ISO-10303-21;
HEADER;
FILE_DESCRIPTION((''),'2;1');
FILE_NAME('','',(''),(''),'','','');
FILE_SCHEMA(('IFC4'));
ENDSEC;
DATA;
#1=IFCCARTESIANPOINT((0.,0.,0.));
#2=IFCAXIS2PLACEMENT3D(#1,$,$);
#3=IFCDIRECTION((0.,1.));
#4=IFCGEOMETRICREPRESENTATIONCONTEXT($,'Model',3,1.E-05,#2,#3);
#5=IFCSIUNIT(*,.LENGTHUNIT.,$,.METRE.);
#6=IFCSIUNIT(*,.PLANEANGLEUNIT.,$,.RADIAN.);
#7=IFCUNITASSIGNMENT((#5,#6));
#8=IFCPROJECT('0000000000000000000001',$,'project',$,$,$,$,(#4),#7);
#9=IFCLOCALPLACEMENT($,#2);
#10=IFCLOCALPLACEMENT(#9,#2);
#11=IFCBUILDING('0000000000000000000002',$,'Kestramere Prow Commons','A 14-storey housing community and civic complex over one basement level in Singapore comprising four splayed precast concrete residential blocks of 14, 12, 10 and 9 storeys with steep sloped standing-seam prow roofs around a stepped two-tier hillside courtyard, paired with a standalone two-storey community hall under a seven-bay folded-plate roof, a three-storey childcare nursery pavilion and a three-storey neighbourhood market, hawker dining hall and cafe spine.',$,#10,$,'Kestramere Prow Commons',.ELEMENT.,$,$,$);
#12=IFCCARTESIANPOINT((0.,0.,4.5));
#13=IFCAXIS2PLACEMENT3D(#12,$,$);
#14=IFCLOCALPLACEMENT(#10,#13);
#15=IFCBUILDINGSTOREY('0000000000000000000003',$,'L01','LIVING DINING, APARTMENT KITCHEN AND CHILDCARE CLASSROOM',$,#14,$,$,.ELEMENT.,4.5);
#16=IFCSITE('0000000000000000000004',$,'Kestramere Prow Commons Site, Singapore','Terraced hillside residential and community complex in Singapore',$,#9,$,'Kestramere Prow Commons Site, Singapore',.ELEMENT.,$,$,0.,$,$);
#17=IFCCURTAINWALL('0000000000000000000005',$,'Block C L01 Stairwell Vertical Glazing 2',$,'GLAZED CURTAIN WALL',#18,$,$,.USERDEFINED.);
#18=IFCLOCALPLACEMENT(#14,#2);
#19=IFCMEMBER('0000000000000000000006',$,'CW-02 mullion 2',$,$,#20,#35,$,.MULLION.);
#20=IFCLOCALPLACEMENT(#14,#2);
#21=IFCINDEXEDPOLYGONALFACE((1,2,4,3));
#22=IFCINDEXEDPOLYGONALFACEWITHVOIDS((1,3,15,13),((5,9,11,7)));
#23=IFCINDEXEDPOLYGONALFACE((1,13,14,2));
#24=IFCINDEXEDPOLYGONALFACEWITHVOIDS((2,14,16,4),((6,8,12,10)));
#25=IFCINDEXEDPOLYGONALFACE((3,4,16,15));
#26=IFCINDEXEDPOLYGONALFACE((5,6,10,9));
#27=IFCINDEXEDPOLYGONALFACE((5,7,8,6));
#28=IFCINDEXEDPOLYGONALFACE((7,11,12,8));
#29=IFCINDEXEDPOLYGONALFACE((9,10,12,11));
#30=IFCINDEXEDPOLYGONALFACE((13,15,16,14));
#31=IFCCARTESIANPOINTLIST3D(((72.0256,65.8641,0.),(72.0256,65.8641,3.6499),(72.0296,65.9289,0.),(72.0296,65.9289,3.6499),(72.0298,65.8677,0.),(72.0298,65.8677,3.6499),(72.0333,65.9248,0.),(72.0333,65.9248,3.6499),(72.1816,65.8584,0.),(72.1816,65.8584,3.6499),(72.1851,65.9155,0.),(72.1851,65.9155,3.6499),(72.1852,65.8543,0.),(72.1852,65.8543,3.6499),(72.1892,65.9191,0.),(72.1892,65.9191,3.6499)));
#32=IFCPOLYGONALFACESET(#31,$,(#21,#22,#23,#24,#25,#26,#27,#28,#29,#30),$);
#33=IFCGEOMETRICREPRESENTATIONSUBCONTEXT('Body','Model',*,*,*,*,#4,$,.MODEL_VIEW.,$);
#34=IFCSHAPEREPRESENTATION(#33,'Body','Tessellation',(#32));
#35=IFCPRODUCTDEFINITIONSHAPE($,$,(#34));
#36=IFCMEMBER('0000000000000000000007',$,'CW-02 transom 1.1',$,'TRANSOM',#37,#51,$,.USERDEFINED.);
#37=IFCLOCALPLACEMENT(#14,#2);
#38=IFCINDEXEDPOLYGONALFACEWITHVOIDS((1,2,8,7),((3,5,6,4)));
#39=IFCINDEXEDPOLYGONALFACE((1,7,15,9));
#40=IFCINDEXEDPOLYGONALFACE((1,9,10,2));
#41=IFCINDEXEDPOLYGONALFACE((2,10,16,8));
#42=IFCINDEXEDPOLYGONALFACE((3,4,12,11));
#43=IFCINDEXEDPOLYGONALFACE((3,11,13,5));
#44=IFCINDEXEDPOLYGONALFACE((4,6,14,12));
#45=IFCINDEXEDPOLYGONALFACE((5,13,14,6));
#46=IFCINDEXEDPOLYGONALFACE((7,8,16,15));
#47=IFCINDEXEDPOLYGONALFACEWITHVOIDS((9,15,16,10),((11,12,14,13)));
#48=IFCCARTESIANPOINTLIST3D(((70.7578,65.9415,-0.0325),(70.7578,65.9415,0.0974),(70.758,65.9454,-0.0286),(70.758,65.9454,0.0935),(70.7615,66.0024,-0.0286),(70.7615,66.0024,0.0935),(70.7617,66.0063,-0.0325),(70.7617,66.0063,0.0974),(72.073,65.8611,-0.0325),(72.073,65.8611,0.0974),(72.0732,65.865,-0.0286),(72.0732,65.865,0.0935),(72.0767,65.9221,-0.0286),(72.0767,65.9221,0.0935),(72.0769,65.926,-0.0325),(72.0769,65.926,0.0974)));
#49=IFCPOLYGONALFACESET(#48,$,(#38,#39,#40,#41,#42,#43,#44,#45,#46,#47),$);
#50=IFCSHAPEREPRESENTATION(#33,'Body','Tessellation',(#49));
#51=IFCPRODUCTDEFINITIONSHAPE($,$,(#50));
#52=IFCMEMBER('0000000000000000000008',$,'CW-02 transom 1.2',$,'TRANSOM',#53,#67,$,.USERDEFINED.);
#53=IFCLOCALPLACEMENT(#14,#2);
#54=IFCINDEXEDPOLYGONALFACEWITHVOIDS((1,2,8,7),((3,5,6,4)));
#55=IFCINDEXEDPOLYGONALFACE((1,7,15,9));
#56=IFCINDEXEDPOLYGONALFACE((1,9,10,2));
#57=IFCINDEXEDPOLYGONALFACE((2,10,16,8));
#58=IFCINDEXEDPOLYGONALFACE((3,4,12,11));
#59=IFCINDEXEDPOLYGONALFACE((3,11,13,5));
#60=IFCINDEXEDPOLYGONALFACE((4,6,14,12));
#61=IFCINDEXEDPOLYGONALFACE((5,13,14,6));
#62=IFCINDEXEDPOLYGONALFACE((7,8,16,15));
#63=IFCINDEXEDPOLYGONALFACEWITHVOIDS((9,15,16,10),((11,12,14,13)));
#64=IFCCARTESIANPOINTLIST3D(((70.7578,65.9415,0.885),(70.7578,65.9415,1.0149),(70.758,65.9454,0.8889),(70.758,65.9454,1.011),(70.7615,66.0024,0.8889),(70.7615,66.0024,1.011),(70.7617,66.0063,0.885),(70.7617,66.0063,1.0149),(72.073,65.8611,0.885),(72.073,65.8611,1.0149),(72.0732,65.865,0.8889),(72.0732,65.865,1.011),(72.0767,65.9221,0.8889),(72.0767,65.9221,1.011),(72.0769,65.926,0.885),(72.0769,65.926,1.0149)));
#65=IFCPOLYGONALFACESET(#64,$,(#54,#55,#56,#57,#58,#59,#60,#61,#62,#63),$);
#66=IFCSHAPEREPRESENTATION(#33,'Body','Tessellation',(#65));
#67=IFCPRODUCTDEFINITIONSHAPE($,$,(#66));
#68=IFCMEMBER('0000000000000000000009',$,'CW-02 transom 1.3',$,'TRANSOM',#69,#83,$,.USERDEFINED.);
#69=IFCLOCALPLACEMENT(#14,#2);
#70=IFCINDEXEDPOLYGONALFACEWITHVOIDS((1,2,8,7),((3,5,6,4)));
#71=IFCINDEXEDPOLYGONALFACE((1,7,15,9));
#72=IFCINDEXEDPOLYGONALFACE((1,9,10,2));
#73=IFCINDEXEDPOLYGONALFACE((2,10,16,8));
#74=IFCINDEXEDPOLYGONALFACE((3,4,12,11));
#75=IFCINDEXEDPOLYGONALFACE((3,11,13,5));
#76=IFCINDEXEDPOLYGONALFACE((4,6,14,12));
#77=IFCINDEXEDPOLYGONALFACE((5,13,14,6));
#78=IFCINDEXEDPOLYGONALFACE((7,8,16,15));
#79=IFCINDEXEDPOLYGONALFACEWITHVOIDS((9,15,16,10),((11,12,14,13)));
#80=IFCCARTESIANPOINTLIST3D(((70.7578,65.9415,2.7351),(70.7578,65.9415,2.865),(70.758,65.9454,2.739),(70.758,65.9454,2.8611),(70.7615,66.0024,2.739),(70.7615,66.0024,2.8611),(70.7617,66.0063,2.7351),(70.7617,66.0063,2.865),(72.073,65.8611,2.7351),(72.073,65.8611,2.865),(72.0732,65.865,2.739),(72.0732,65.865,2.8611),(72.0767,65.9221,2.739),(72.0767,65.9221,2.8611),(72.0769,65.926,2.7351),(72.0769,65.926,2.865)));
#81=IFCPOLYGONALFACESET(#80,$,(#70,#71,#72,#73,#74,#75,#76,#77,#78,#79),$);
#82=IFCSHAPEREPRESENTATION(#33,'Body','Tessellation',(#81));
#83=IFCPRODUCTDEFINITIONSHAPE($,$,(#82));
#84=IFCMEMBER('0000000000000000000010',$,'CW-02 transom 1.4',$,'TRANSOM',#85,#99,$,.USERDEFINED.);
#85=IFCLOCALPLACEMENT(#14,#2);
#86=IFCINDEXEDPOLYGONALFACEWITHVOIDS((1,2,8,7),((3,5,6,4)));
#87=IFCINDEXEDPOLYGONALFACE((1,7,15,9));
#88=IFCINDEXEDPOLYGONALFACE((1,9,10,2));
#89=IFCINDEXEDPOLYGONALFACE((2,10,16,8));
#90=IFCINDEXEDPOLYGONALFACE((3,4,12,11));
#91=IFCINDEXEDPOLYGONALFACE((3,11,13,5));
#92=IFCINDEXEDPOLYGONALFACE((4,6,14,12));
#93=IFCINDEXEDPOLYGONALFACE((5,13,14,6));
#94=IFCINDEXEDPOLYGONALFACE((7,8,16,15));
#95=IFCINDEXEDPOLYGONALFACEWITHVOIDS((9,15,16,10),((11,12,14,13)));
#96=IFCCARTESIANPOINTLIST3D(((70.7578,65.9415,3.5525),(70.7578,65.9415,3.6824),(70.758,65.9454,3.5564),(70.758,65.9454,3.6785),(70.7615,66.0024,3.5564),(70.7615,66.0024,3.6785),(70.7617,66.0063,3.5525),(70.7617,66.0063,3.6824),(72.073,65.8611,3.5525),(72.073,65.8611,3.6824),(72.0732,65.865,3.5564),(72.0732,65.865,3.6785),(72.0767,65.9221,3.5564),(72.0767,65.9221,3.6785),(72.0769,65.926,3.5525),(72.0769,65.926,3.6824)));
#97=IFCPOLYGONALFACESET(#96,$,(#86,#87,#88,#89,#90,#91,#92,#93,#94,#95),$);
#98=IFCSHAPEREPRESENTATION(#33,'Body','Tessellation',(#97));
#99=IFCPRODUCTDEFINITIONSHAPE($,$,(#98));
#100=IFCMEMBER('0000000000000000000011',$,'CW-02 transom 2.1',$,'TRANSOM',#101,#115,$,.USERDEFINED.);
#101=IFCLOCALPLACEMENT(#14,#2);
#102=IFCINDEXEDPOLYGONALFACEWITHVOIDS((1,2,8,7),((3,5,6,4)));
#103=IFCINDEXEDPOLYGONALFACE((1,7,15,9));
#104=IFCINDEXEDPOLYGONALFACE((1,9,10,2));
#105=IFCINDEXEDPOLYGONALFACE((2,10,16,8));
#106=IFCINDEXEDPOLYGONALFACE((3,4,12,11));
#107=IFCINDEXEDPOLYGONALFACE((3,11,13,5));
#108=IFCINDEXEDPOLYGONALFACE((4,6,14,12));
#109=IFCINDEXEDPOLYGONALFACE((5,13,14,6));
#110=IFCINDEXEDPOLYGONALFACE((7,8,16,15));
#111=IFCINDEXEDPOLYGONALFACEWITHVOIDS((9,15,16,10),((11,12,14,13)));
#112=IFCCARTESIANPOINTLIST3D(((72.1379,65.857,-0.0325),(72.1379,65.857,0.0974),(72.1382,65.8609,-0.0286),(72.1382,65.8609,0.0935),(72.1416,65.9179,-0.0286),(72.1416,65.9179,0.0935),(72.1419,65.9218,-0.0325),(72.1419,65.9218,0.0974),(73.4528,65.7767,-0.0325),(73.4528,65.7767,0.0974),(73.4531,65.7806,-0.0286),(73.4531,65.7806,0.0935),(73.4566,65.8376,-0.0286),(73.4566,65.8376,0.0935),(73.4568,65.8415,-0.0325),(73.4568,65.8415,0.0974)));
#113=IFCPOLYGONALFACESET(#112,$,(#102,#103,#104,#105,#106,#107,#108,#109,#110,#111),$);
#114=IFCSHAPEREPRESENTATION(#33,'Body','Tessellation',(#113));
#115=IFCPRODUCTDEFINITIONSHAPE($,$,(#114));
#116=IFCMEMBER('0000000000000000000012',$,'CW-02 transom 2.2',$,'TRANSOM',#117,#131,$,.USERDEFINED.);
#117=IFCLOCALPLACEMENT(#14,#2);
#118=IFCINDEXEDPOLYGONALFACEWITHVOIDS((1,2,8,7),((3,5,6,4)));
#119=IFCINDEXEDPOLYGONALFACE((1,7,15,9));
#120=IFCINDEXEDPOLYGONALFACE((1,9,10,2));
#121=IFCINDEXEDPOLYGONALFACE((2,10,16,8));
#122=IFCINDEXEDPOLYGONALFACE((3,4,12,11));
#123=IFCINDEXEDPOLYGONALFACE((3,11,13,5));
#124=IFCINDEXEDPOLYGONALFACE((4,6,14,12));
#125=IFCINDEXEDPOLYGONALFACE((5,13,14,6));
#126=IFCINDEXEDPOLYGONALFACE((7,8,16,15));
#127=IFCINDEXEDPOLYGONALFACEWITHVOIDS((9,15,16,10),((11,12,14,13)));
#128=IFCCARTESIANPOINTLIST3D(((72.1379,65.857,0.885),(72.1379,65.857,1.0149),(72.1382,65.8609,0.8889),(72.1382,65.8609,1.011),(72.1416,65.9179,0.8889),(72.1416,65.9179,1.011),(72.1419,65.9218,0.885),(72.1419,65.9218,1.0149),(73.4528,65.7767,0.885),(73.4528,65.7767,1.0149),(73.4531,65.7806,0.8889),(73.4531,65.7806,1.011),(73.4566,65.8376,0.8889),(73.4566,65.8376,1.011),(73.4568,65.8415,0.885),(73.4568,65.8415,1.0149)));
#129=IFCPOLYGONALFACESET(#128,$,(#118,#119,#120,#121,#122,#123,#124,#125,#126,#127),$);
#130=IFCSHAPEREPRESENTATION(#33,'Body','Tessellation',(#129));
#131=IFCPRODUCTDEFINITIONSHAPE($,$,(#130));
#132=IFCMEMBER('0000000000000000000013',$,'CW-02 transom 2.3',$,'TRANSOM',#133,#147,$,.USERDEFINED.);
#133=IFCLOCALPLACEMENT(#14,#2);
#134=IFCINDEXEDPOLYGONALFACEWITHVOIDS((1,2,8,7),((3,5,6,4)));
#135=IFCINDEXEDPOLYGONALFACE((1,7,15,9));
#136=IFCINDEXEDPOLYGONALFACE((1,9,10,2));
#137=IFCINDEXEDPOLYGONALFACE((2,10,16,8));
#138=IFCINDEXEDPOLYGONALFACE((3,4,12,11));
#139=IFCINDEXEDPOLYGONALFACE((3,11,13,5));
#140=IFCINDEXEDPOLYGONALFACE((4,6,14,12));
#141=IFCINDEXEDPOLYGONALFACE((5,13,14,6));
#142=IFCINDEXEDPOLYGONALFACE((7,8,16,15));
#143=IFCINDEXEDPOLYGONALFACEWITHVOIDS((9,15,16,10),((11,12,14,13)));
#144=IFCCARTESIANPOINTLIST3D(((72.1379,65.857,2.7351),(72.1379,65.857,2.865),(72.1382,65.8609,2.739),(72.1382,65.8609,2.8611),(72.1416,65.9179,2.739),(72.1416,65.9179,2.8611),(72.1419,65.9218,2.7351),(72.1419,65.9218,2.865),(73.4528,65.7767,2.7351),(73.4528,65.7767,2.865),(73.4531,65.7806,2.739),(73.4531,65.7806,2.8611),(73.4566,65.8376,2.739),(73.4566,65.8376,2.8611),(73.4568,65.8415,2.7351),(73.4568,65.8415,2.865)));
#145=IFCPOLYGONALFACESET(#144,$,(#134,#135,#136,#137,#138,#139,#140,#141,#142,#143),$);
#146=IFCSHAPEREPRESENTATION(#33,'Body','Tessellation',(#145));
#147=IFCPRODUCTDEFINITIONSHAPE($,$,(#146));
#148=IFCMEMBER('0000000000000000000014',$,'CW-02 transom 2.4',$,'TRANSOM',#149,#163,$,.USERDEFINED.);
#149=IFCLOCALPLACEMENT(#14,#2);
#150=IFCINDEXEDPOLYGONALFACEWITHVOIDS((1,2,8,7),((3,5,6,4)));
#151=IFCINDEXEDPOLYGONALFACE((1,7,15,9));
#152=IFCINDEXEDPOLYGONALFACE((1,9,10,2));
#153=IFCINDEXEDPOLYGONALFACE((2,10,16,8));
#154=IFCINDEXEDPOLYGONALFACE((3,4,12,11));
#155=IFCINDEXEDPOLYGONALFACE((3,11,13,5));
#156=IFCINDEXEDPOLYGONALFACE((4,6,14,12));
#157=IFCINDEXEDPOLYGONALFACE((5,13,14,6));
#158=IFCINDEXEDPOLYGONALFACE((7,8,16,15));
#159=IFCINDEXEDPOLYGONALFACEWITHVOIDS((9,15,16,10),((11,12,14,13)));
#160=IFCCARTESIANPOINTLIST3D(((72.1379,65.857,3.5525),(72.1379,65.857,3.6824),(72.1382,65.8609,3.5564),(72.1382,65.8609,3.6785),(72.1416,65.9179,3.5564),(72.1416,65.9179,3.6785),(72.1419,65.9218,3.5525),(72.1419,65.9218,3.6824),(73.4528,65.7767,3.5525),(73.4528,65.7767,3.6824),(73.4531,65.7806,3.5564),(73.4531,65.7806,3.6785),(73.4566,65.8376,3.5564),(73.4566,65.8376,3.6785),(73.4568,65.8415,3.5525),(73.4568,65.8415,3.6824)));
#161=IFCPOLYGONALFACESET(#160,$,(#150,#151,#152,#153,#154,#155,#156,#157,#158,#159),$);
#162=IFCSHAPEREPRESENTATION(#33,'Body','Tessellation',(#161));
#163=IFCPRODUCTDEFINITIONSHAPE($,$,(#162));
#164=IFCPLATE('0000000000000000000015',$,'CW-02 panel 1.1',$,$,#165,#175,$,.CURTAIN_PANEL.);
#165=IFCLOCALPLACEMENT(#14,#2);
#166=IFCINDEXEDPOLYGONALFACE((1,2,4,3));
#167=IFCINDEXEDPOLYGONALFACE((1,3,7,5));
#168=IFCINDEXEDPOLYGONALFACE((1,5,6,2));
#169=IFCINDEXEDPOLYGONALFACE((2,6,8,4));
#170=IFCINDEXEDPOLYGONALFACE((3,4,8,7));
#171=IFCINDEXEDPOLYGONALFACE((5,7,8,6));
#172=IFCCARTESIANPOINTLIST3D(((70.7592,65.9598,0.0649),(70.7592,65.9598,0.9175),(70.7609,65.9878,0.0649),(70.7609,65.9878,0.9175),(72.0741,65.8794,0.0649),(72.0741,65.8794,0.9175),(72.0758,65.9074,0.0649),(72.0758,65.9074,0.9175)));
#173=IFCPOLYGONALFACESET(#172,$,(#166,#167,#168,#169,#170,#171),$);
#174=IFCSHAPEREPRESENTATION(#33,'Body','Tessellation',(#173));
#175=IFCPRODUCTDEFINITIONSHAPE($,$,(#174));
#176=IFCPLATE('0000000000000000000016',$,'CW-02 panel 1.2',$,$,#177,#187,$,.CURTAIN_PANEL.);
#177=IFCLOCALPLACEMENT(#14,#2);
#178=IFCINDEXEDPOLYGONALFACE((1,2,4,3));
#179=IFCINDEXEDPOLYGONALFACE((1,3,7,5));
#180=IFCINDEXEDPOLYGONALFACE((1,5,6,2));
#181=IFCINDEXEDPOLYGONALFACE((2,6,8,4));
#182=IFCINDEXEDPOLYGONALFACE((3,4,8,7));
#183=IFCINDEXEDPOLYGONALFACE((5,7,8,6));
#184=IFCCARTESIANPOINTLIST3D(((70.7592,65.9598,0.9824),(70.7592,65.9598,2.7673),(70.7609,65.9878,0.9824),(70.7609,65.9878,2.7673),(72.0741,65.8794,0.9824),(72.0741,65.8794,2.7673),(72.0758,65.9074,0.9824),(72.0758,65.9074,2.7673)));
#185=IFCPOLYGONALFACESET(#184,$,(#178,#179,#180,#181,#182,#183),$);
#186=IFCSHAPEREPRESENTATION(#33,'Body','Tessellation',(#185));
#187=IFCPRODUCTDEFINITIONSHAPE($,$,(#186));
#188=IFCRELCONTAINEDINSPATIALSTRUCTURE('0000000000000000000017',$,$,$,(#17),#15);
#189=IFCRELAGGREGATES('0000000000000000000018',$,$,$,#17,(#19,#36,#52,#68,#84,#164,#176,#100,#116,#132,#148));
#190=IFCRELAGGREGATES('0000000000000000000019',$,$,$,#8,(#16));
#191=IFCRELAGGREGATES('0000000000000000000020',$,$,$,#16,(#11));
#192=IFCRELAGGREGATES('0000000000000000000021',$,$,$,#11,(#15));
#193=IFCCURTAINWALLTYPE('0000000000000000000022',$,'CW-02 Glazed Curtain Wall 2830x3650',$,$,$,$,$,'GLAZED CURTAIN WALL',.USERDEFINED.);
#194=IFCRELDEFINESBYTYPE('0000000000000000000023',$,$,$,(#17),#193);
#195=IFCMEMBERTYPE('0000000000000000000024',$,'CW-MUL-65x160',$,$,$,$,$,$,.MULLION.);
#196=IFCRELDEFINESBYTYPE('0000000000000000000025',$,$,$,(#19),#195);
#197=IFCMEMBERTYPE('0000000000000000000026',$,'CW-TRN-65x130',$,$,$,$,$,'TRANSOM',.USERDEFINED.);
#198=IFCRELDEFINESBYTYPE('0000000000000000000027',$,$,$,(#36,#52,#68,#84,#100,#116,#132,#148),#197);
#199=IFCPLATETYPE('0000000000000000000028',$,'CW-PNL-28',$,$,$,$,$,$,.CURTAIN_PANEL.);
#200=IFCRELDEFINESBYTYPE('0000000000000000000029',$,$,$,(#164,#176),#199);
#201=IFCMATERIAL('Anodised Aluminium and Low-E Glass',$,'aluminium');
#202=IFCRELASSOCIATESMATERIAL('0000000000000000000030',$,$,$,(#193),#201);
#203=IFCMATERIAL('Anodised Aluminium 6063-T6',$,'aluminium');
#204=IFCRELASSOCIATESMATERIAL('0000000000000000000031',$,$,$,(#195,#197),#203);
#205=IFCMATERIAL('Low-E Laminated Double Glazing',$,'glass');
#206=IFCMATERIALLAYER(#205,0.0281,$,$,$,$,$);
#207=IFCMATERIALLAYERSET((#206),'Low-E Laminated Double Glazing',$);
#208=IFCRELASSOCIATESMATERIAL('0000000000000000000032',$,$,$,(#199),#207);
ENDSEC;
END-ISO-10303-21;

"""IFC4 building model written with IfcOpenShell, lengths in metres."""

from ifc_helpers import new_model, si_unit, direction, frame, origin, origin_2d, place, context, subcontext, project, spatial, rectangle, hollow_rectangle, extrude, material, layer, layer_set, material_profile, profile_set, type_object, element, aggregate, save


model = new_model("IFC4")

# Units and contexts
model_context = context("Model", 3, precision=1e-05, world=origin(), true_north=direction((0.0, 1.0)))
body_context = subcontext(model_context, "Body", "Model", "MODEL_VIEW")
ifc_project = project(units=[si_unit("LENGTHUNIT", "METRE"), si_unit("PLANEANGLEUNIT", "RADIAN")], contexts=[model_context])

# Site, building, storey
site_placement = place(None, origin())
site = spatial("IfcSite", under=ifc_project, at=site_placement, Name="Kestramere Prow Commons Site, Singapore", Description="Terraced hillside residential and community complex in Singapore", LongName="Kestramere Prow Commons Site, Singapore", CompositionType="ELEMENT", RefElevation=0.0)
building_placement = place(site_placement, origin())
building = spatial("IfcBuilding", under=site, at=building_placement, Name="Kestramere Prow Commons", Description="A 14-storey housing community and civic complex over one basement level in Singapore comprising four splayed precast concrete residential blocks of 14, 12, 10 and 9 storeys with steep sloped standing-seam prow roofs around a stepped two-tier hillside courtyard, paired with a standalone two-storey community hall under a seven-bay folded-plate roof, a three-storey childcare nursery pavilion and a three-storey neighbourhood market, hawker dining hall and cafe spine.", LongName="Kestramere Prow Commons", CompositionType="ELEMENT")
storey_placement = place(building_placement, frame((0.0, 0.0, 4.5)))
storey = spatial("IfcBuildingStorey", under=building, at=storey_placement, Name="L01", Description="LIVING DINING, APARTMENT KITCHEN AND CHILDCARE CLASSROOM", CompositionType="ELEMENT", Elevation=4.5)

# Curtain wall, members, plates
ifc_material_1 = material(Name="Anodised Aluminium and Low-E Glass", Category="aluminium")
curtain_wall_type = type_object("IfcCurtainWallType", Name="CW-02 Glazed Curtain Wall 2830x3650", ElementType="GLAZED CURTAIN WALL", PredefinedType="USERDEFINED", material=ifc_material_1)
curtain_wall_placement = place(storey_placement, origin())
curtain_wall = element("IfcCurtainWall", 1, at=curtain_wall_placement, inside=storey, type_object=curtain_wall_type, Name="Block C L01 Stairwell Vertical Glazing 2", ObjectType="GLAZED CURTAIN WALL", PredefinedType="USERDEFINED")
ifc_material_2 = material(Name="Anodised Aluminium 6063-T6", Category="aluminium")
ifc_material_profile_1 = material_profile(ifc_material_2, hollow_rectangle(XDim=0.0649, YDim=0.1599, WallThickness=0.0039, at=origin_2d()), Name="ALU-MUL 65x160")
ifc_profile_set_1 = profile_set([ifc_material_profile_1], Name="Anodised Aluminium 6063-T6")
member_type_1 = type_object("IfcMemberType", Name="CW-MUL-65x160", PredefinedType="MULLION", material=ifc_profile_set_1)
member_1_placement = place(storey_placement, frame((72.1074, 65.8916, 0.0), z_axis=(0.0, 0.0, 1.0), x_axis=(0.061048, 0.998135, 0.0)))
member_1 = element("IfcMember", 2, at=member_1_placement, type_object=member_type_1, Name="CW-02 mullion 2", PredefinedType="MULLION", context=body_context, shape_type="SweptSolid", body=[
    extrude(hollow_rectangle(XDim=0.0649, YDim=0.1599, WallThickness=0.0039, at=origin_2d()), origin(), (0.0, 0.0, 1.0), 3.6499),
])
ifc_material_profile_2 = material_profile(ifc_material_2, hollow_rectangle(XDim=0.0649, YDim=0.1299, WallThickness=0.0039, at=origin_2d()), Name="ALU-TRN 65x130")
ifc_profile_set_2 = profile_set([ifc_material_profile_2], Name="Anodised Aluminium 6063-T6")
member_type_2 = type_object("IfcMemberType", Name="CW-TRN-65x130", ElementType="TRANSOM", PredefinedType="USERDEFINED", material=ifc_profile_set_2)
member_2_placement = place(storey_placement, frame((70.7598, 65.9739, 0.0325), z_axis=(0.99814, -0.060959, 0.0), x_axis=(0.060959, 0.99814, 0.0)))
member_2 = element("IfcMember", 3, at=member_2_placement, type_object=member_type_2, Name="CW-02 transom 1.1", ObjectType="TRANSOM", PredefinedType="USERDEFINED", context=body_context, shape_type="SweptSolid", body=[
    extrude(hollow_rectangle(XDim=0.0649, YDim=0.1299, WallThickness=0.0039, at=origin_2d()), origin(), (0.0, 0.0, 1.0), 1.3176),
])
member_3_placement = place(storey_placement, frame((70.7598, 65.9739, 0.95), z_axis=(0.99814, -0.060959, 0.0), x_axis=(0.060959, 0.99814, 0.0)))
member_3 = element("IfcMember", 4, at=member_3_placement, type_object=member_type_2, Name="CW-02 transom 1.2", ObjectType="TRANSOM", PredefinedType="USERDEFINED", context=body_context, shape_type="SweptSolid", body=[
    extrude(hollow_rectangle(XDim=0.0649, YDim=0.1299, WallThickness=0.0039, at=origin_2d()), origin(), (0.0, 0.0, 1.0), 1.3176),
])
member_4_placement = place(storey_placement, frame((70.7598, 65.9739, 2.8), z_axis=(0.99814, -0.060959, 0.0), x_axis=(0.060959, 0.99814, 0.0)))
member_4 = element("IfcMember", 5, at=member_4_placement, type_object=member_type_2, Name="CW-02 transom 1.3", ObjectType="TRANSOM", PredefinedType="USERDEFINED", context=body_context, shape_type="SweptSolid", body=[
    extrude(hollow_rectangle(XDim=0.0649, YDim=0.1299, WallThickness=0.0039, at=origin_2d()), origin(), (0.0, 0.0, 1.0), 1.3176),
])
member_5_placement = place(storey_placement, frame((70.7598, 65.9739, 3.6174), z_axis=(0.99814, -0.060959, 0.0), x_axis=(0.060959, 0.99814, 0.0)))
member_5 = element("IfcMember", 6, at=member_5_placement, type_object=member_type_2, Name="CW-02 transom 1.4", ObjectType="TRANSOM", PredefinedType="USERDEFINED", context=body_context, shape_type="SweptSolid", body=[
    extrude(hollow_rectangle(XDim=0.0649, YDim=0.1299, WallThickness=0.0039, at=origin_2d()), origin(), (0.0, 0.0, 1.0), 1.3176),
])
member_6_placement = place(storey_placement, frame((72.1399, 65.8894, 0.0325), z_axis=(0.99814, -0.060971, 0.0), x_axis=(0.060971, 0.99814, 0.0)))
member_6 = element("IfcMember", 7, at=member_6_placement, type_object=member_type_2, Name="CW-02 transom 2.1", ObjectType="TRANSOM", PredefinedType="USERDEFINED", context=body_context, shape_type="SweptSolid", body=[
    extrude(hollow_rectangle(XDim=0.0649, YDim=0.1299, WallThickness=0.0039, at=origin_2d()), origin(), (0.0, 0.0, 1.0), 1.3174),
])
member_7_placement = place(storey_placement, frame((72.1399, 65.8894, 0.95), z_axis=(0.99814, -0.060971, 0.0), x_axis=(0.060971, 0.99814, 0.0)))
member_7 = element("IfcMember", 8, at=member_7_placement, type_object=member_type_2, Name="CW-02 transom 2.2", ObjectType="TRANSOM", PredefinedType="USERDEFINED", context=body_context, shape_type="SweptSolid", body=[
    extrude(hollow_rectangle(XDim=0.0649, YDim=0.1299, WallThickness=0.0039, at=origin_2d()), origin(), (0.0, 0.0, 1.0), 1.3174),
])
member_8_placement = place(storey_placement, frame((72.1399, 65.8894, 2.8), z_axis=(0.99814, -0.060971, 0.0), x_axis=(0.060971, 0.99814, 0.0)))
member_8 = element("IfcMember", 9, at=member_8_placement, type_object=member_type_2, Name="CW-02 transom 2.3", ObjectType="TRANSOM", PredefinedType="USERDEFINED", context=body_context, shape_type="SweptSolid", body=[
    extrude(hollow_rectangle(XDim=0.0649, YDim=0.1299, WallThickness=0.0039, at=origin_2d()), origin(), (0.0, 0.0, 1.0), 1.3174),
])
member_9_placement = place(storey_placement, frame((72.1399, 65.8894, 3.6174), z_axis=(0.99814, -0.060971, 0.0), x_axis=(0.060971, 0.99814, 0.0)))
member_9 = element("IfcMember", 10, at=member_9_placement, type_object=member_type_2, Name="CW-02 transom 2.4", ObjectType="TRANSOM", PredefinedType="USERDEFINED", context=body_context, shape_type="SweptSolid", body=[
    extrude(hollow_rectangle(XDim=0.0649, YDim=0.1299, WallThickness=0.0039, at=origin_2d()), origin(), (0.0, 0.0, 1.0), 1.3174),
])
ifc_material_3 = material(Name="Low-E Laminated Double Glazing", Category="glass")
ifc_layer_1 = layer(ifc_material_3, 0.0281)
ifc_layer_set_1 = layer_set([ifc_layer_1], Name="Low-E Laminated Double Glazing")
plate_type = type_object("IfcPlateType", Name="CW-PNL-28", PredefinedType="CURTAIN_PANEL", material=ifc_layer_set_1)
plate_1_placement = place(storey_placement, frame((71.4175, 65.9336, 0.0649), z_axis=(0.0, 0.0, 1.0), x_axis=(0.998135, -0.061048, 0.0)))
plate_1 = element("IfcPlate", 11, at=plate_1_placement, type_object=plate_type, Name="CW-02 panel 1.1", PredefinedType="CURTAIN_PANEL", context=body_context, shape_type="SweptSolid", body=[
    extrude(rectangle(XDim=1.3174, YDim=0.0281, at=origin_2d()), origin(), (0.0, 0.0, 1.0), 0.8525),
])
plate_2_placement = place(storey_placement, frame((71.4175, 65.9336, 0.9824), z_axis=(0.0, 0.0, 1.0), x_axis=(0.998135, -0.061048, 0.0)))
plate_2 = element("IfcPlate", 12, at=plate_2_placement, type_object=plate_type, Name="CW-02 panel 1.2", PredefinedType="CURTAIN_PANEL", context=body_context, shape_type="SweptSolid", body=[
    extrude(rectangle(XDim=1.3174, YDim=0.0281, at=origin_2d()), origin(), (0.0, 0.0, 1.0), 1.7849),
])
aggregate(curtain_wall, [member_1, member_2, member_3, member_4, member_5, plate_1, plate_2, member_6, member_7, member_8, member_9])

save(model, "model.ifc")
